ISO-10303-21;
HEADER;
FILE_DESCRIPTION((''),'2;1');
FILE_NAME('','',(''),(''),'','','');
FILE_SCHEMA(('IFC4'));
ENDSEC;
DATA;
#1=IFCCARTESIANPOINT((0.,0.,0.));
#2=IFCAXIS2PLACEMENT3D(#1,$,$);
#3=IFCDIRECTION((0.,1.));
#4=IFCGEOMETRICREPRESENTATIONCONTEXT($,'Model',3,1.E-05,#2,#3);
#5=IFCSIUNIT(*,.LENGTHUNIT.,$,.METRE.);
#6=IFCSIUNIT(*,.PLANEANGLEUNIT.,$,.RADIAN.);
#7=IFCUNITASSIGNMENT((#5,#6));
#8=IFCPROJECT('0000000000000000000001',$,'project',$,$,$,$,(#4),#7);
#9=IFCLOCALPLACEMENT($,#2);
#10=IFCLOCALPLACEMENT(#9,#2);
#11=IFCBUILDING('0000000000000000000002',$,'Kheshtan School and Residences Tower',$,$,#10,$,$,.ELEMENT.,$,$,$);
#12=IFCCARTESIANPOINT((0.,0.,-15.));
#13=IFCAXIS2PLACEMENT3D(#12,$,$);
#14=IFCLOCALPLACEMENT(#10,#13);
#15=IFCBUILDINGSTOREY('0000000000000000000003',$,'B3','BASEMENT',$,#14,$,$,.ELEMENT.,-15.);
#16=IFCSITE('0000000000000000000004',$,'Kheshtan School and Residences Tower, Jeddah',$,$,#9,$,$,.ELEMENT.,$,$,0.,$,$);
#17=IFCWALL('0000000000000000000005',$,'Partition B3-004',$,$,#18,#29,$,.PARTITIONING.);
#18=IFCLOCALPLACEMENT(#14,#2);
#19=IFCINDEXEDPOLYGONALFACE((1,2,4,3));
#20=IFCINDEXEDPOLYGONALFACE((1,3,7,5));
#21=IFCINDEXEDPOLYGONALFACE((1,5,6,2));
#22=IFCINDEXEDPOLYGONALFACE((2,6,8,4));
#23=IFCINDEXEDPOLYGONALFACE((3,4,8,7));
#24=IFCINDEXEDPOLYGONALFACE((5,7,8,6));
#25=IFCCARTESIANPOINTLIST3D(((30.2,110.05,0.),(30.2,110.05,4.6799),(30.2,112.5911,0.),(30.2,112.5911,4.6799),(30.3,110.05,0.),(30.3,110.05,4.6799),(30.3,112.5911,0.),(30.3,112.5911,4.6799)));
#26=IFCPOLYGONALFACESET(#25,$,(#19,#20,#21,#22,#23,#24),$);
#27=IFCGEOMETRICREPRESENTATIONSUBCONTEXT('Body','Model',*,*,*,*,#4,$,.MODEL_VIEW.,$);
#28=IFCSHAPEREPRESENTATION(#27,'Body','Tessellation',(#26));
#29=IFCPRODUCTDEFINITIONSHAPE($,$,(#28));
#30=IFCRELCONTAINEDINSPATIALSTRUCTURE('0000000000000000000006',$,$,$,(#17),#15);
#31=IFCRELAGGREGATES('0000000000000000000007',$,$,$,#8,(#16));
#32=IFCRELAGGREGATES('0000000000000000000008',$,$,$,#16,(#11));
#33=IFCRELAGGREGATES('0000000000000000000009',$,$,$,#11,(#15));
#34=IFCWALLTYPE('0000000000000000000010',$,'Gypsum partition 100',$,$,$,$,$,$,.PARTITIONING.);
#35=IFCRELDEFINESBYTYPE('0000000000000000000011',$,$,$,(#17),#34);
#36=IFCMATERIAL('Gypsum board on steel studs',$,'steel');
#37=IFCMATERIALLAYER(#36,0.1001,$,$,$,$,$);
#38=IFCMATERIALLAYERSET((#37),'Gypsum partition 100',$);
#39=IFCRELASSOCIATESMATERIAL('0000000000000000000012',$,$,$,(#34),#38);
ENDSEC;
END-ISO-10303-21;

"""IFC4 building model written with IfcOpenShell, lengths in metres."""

from ifc_helpers import new_model, si_unit, direction, frame, frame_2d, origin, place, context, subcontext, project, spatial, rectangle, extrude, material, layer, layer_set, type_object, element, save


model = new_model("IFC4")

# Units and contexts
model_context = context("Model", 3, precision=1e-05, world=origin(), true_north=direction((0.0, 1.0)))
body_context = subcontext(model_context, "Body", "Model", "MODEL_VIEW")
ifc_project = project(units=[si_unit("LENGTHUNIT", "METRE"), si_unit("PLANEANGLEUNIT", "RADIAN")], contexts=[model_context])

# Site, building, storey
site_placement = place(None, origin())
site = spatial("IfcSite", under=ifc_project, at=site_placement, Name="Kheshtan School and Residences Tower, Jeddah", CompositionType="ELEMENT", RefElevation=0.0)
building_placement = place(site_placement, origin())
building = spatial("IfcBuilding", under=site, at=building_placement, Name="Kheshtan School and Residences Tower", CompositionType="ELEMENT")
storey_placement = place(building_placement, frame((0.0, 0.0, -15.0)))
storey = spatial("IfcBuildingStorey", under=building, at=storey_placement, Name="B3", Description="BASEMENT", CompositionType="ELEMENT", Elevation=-15.0)

# Wall
ifc_material_1 = material(Name="Gypsum board on steel studs", Category="steel")
ifc_layer_1 = layer(ifc_material_1, 0.1001)
ifc_layer_set_1 = layer_set([ifc_layer_1], Name="Gypsum partition 100")
wall_type_1 = type_object("IfcWallType", Name="Gypsum partition 100", PredefinedType="PARTITIONING", material=ifc_layer_set_1)
wall_1_placement = place(storey_placement, frame((30.25, 110.05, 0.0), z_axis=(0.0, 0.0, 1.0), x_axis=(0.0, 1.0, 0.0)))
element("IfcWall", 1, at=wall_1_placement, inside=storey, type_object=wall_type_1, Name="Partition B3-004", PredefinedType="PARTITIONING", context=body_context, shape_type="SweptSolid", body=[
    extrude(rectangle(XDim=2.541, YDim=0.1001, at=frame_2d((1.2705, 0.0))), origin(), (0.0, 0.0, 1.0), 4.6799),
])

save(model, "model.ifc")
